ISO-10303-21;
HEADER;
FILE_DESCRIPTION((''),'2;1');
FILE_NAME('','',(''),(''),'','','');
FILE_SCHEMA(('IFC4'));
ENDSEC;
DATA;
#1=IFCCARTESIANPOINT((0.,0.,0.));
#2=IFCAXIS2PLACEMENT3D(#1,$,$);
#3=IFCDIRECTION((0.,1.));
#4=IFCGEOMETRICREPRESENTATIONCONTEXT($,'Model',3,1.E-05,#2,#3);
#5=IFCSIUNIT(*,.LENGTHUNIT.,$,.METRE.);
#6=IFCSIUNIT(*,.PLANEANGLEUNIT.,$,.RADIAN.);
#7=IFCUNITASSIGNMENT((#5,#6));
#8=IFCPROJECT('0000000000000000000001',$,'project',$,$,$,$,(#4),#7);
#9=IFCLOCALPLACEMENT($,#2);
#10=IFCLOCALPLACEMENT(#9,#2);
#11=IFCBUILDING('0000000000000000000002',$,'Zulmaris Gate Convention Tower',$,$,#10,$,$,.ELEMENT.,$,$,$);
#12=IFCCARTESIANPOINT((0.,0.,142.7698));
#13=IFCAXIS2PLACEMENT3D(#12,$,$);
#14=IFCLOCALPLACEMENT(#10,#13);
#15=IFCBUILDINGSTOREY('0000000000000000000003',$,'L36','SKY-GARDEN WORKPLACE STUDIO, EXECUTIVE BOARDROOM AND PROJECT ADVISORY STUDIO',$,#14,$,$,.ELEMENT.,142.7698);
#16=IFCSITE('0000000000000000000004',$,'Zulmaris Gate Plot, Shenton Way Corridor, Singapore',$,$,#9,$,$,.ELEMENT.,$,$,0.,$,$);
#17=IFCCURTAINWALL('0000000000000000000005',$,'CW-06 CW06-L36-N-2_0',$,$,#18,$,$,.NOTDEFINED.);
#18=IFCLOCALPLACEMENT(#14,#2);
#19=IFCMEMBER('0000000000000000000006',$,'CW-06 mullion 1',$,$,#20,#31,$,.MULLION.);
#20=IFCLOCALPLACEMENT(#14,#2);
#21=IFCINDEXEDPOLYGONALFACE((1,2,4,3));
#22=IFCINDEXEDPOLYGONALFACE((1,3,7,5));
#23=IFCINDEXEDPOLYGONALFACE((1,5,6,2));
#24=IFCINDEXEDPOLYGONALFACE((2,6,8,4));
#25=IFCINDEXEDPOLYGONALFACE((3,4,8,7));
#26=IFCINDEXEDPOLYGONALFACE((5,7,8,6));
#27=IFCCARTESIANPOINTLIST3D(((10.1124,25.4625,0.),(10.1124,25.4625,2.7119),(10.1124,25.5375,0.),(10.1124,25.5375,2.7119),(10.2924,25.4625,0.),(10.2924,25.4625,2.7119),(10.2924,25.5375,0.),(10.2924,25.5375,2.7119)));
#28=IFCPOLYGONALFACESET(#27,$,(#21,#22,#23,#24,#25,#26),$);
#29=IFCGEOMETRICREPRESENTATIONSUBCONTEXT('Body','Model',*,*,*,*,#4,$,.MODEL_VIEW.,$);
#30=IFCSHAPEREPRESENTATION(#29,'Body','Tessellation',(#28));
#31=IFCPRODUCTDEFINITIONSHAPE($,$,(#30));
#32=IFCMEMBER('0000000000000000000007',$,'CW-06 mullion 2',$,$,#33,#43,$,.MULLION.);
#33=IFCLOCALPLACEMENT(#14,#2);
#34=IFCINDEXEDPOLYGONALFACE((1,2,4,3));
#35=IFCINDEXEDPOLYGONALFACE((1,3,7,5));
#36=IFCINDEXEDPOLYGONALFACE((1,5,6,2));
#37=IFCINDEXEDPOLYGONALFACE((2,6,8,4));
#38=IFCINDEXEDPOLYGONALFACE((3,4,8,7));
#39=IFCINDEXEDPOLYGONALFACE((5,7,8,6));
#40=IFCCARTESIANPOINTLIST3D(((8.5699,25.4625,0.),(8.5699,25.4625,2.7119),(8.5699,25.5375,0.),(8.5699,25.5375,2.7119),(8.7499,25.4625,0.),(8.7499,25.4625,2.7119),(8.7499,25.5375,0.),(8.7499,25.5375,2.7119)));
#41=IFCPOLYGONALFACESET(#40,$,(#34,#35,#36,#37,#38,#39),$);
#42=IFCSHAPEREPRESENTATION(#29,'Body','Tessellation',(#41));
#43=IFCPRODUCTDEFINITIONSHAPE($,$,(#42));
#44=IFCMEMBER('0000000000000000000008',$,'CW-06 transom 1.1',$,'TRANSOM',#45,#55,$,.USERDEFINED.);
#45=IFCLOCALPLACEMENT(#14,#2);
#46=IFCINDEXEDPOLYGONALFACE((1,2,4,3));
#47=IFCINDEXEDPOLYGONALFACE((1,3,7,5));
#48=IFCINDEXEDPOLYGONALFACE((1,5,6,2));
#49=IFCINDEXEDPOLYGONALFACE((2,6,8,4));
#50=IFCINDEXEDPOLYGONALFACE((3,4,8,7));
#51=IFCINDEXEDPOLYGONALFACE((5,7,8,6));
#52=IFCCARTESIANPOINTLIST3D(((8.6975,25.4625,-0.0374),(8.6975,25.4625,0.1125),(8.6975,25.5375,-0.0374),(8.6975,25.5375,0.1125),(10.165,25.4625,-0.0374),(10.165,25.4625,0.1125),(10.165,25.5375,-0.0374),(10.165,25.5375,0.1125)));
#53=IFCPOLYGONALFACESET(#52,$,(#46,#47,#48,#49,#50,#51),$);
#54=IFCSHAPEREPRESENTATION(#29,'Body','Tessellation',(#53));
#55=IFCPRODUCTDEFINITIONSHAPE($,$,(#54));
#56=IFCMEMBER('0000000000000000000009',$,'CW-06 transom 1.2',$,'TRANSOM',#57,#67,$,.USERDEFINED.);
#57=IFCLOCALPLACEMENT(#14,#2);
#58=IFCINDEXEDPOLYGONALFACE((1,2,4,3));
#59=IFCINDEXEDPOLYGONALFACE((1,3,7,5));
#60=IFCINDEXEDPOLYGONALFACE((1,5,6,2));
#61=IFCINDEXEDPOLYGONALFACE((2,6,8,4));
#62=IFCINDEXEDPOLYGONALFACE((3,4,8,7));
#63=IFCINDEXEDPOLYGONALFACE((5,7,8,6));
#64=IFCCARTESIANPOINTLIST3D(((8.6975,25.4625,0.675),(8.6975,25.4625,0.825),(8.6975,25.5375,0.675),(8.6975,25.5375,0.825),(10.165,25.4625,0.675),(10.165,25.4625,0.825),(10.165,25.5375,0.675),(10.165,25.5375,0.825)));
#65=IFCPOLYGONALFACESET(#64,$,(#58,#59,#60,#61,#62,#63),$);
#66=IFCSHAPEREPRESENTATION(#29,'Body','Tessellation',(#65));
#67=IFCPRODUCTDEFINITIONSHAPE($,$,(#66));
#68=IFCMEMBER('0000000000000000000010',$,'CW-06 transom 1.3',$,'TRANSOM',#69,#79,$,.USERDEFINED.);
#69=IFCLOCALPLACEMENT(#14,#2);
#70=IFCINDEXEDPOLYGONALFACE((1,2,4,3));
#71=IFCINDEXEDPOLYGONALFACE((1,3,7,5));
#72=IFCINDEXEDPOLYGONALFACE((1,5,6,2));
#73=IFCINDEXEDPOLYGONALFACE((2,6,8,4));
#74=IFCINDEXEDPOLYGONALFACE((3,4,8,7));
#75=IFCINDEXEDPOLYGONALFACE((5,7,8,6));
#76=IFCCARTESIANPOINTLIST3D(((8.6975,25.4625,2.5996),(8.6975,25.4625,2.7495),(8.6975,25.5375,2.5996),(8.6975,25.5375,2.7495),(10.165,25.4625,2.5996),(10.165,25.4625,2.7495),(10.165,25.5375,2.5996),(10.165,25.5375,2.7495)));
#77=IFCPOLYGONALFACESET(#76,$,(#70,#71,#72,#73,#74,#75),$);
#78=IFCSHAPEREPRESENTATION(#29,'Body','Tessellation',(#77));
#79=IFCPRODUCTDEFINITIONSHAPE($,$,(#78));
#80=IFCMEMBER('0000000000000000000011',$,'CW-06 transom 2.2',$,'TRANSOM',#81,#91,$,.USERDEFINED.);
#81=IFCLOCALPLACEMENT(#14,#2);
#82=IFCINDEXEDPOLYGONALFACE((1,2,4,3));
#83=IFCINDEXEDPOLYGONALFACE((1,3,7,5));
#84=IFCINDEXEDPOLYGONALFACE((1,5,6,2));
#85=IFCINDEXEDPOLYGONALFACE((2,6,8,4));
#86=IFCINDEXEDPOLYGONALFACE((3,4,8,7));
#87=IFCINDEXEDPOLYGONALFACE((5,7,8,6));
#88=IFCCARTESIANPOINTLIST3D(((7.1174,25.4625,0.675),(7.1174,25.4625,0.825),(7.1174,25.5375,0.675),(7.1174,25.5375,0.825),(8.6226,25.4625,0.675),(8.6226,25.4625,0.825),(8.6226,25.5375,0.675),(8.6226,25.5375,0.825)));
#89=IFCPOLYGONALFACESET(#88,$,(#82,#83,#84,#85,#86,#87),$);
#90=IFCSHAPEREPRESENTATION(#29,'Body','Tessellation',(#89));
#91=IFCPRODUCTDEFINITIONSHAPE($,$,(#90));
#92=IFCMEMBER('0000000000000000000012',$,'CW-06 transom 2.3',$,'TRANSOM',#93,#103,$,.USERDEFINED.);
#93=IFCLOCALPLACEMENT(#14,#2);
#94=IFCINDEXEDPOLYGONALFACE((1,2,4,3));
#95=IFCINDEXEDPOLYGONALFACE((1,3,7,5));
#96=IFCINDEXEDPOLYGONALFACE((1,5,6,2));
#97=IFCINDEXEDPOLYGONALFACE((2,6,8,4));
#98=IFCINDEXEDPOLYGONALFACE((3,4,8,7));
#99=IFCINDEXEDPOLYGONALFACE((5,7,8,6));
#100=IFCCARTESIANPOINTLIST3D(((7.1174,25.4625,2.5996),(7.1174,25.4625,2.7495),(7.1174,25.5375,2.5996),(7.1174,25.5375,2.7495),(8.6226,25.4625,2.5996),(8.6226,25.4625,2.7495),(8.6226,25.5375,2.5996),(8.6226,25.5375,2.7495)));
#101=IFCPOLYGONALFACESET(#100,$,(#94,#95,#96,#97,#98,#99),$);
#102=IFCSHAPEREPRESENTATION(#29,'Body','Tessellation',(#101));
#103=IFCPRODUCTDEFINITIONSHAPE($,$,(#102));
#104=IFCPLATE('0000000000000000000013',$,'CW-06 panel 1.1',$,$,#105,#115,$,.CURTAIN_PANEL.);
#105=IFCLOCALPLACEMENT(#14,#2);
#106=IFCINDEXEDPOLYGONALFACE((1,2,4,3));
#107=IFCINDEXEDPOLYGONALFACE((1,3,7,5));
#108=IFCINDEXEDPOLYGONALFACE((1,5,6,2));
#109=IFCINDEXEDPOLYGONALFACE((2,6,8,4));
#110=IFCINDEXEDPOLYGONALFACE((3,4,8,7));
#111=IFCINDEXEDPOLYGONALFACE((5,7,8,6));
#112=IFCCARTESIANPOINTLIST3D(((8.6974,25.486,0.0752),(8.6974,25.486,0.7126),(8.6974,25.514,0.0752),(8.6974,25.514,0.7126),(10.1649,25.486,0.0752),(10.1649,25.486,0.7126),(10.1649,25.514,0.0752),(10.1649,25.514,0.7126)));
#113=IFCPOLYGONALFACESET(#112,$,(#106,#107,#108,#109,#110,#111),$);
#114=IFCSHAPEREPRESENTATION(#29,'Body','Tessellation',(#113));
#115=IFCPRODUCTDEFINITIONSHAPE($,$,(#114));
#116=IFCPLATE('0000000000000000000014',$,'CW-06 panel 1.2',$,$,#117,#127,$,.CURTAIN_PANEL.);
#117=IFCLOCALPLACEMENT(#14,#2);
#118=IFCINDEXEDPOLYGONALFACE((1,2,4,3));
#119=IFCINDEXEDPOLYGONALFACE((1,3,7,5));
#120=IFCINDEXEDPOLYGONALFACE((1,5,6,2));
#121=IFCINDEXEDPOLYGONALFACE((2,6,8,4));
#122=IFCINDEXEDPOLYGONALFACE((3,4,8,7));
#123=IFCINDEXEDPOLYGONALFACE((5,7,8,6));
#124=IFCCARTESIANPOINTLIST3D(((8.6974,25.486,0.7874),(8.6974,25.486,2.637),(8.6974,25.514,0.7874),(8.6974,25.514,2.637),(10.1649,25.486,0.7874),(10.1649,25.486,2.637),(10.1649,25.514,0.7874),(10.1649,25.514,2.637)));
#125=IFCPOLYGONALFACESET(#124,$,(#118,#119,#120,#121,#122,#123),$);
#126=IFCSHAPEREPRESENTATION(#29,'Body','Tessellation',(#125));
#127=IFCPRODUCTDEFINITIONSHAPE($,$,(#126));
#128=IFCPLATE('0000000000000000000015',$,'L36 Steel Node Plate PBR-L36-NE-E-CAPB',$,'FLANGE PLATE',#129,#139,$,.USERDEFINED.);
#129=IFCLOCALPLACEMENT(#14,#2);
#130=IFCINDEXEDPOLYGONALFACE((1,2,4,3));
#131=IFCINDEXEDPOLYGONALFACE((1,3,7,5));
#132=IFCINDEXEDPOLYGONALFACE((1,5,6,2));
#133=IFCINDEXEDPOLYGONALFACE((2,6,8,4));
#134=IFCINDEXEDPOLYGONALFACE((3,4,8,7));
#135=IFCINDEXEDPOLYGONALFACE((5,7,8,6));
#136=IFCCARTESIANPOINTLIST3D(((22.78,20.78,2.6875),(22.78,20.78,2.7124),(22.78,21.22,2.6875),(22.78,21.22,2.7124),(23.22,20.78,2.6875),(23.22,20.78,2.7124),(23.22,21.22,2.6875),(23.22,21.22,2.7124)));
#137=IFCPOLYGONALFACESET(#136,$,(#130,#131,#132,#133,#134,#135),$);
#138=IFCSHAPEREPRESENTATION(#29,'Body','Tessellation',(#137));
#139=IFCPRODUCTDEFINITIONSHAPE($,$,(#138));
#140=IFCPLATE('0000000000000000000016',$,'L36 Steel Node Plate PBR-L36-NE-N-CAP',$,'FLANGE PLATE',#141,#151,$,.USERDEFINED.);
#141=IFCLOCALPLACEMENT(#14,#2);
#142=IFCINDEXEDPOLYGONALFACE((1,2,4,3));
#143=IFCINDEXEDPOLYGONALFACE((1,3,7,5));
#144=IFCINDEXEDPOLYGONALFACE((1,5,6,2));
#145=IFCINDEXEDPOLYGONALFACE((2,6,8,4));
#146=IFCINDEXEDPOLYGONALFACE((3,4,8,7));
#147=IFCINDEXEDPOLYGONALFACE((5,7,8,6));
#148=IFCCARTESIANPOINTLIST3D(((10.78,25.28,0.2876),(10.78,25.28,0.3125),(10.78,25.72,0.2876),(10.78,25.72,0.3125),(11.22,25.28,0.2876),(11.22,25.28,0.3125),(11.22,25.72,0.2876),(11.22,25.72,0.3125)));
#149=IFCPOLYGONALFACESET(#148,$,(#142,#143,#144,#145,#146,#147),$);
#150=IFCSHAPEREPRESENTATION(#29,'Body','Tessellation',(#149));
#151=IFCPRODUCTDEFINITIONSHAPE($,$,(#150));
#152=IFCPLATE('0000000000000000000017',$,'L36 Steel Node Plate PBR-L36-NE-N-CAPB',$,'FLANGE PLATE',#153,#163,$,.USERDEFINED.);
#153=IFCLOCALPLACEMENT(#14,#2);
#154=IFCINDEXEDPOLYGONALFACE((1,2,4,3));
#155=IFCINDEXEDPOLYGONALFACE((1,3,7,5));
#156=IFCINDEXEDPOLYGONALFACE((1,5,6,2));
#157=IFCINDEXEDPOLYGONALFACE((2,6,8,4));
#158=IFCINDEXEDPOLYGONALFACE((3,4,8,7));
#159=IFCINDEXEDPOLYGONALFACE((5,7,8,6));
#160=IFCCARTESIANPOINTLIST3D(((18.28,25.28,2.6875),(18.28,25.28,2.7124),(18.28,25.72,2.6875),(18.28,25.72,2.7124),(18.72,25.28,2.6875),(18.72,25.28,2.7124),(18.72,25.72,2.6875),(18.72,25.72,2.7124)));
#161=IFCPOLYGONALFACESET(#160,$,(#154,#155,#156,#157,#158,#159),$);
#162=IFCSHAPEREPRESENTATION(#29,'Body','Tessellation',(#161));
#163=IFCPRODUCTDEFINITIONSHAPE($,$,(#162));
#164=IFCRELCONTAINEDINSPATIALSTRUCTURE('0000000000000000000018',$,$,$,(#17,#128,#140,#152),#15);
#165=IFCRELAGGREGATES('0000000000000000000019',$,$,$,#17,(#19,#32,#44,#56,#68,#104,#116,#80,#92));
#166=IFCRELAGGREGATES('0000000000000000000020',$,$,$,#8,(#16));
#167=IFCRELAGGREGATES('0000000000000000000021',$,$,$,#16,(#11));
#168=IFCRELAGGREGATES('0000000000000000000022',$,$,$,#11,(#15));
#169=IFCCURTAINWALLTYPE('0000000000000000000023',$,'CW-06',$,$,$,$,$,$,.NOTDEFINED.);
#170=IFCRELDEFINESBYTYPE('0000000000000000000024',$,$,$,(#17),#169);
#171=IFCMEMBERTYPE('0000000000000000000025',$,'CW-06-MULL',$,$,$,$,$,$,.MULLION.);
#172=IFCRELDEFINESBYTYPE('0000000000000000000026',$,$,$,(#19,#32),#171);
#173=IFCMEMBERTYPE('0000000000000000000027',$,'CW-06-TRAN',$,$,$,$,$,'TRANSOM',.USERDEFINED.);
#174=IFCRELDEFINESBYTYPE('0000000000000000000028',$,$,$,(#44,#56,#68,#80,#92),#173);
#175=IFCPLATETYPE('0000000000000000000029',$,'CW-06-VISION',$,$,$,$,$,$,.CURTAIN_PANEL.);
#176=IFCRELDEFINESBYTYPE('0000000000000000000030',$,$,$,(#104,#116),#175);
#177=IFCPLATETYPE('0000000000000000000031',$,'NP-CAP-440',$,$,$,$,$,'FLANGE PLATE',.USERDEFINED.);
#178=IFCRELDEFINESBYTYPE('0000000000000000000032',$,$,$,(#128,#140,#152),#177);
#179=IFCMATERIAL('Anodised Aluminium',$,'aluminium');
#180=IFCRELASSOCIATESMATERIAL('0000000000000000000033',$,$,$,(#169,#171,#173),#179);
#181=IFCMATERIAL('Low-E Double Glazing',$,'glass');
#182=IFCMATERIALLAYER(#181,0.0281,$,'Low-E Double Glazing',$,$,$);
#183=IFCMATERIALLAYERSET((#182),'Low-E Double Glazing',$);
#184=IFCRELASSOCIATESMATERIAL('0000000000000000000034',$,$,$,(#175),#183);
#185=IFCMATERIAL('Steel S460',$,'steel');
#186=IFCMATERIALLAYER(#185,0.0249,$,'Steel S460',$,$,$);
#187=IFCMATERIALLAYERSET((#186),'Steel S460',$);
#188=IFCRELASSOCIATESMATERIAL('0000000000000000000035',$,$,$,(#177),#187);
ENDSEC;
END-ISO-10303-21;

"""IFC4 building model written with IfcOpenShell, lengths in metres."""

from ifc_helpers import new_model, si_unit, direction, frame, origin, origin_2d, place, context, subcontext, project, spatial, rectangle, extrude, material, layer, layer_set, material_profile, profile_set, type_object, element, aggregate, save


model = new_model("IFC4")

# Units and contexts
model_context = context("Model", 3, precision=1e-05, world=origin(), true_north=direction((0.0, 1.0)))
body_context = subcontext(model_context, "Body", "Model", "MODEL_VIEW")
ifc_project = project(units=[si_unit("LENGTHUNIT", "METRE"), si_unit("PLANEANGLEUNIT", "RADIAN")], contexts=[model_context])

# Site, building, storey
site_placement = place(None, origin())
site = spatial("IfcSite", under=ifc_project, at=site_placement, Name="Zulmaris Gate Plot, Shenton Way Corridor, Singapore", CompositionType="ELEMENT", RefElevation=0.0)
building_placement = place(site_placement, origin())
building = spatial("IfcBuilding", under=site, at=building_placement, Name="Zulmaris Gate Convention Tower", CompositionType="ELEMENT")
storey_placement = place(building_placement, frame((0.0, 0.0, 142.7698)))
storey = spatial("IfcBuildingStorey", under=building, at=storey_placement, Name="L36", Description="SKY-GARDEN WORKPLACE STUDIO, EXECUTIVE BOARDROOM AND PROJECT ADVISORY STUDIO", CompositionType="ELEMENT", Elevation=142.7698)

# Shared definitions
ifc_material_1 = material(Name="Steel S460", Category="steel")

# Curtain wall, members, plates
ifc_material_2 = material(Name="Anodised Aluminium", Category="aluminium")
curtain_wall_type = type_object("IfcCurtainWallType", Name="CW-06", PredefinedType="NOTDEFINED", material=ifc_material_2)
curtain_wall_placement = place(storey_placement, origin())
curtain_wall = element("IfcCurtainWall", 1, at=curtain_wall_placement, inside=storey, type_object=curtain_wall_type, Name="CW-06 CW06-L36-N-2_0", PredefinedType="NOTDEFINED")
ifc_material_profile_1 = material_profile(ifc_material_2, rectangle(XDim=0.075, YDim=0.1799, at=origin_2d()), Name="ALU MULLION 75x180")
ifc_profile_set_1 = profile_set([ifc_material_profile_1], Name="Anodised Aluminium")
member_type_1 = type_object("IfcMemberType", Name="CW-06-MULL", PredefinedType="MULLION", material=ifc_profile_set_1)
member_1_placement = place(storey_placement, frame((10.2024, 25.5, 0.0), z_axis=(0.0, 0.0, 1.0), x_axis=(0.0, -1.0, 0.0)))
member_1 = element("IfcMember", 2, at=member_1_placement, type_object=member_type_1, Name="CW-06 mullion 1", PredefinedType="MULLION", context=body_context, shape_type="SweptSolid", body=[
    extrude(rectangle(XDim=0.075, YDim=0.1799, at=origin_2d()), origin(), (0.0, 0.0, 1.0), 2.7119),
])
member_2_placement = place(storey_placement, frame((8.6599, 25.5, 0.0), z_axis=(0.0, 0.0, 1.0), x_axis=(0.0, -1.0, 0.0)))
member_2 = element("IfcMember", 3, at=member_2_placement, type_object=member_type_1, Name="CW-06 mullion 2", PredefinedType="MULLION", context=body_context, shape_type="SweptSolid", body=[
    extrude(rectangle(XDim=0.075, YDim=0.1799, at=origin_2d()), origin(), (0.0, 0.0, 1.0), 2.7119),
])
ifc_material_profile_2 = material_profile(ifc_material_2, rectangle(XDim=0.075, YDim=0.1499, at=origin_2d()), Name="ALU TRANSOM 75x150")
ifc_profile_set_2 = profile_set([ifc_material_profile_2], Name="Anodised Aluminium")
member_type_2 = type_object("IfcMemberType", Name="CW-06-TRAN", ElementType="TRANSOM", PredefinedType="USERDEFINED", material=ifc_profile_set_2)
member_3_placement = place(storey_placement, frame((10.165, 25.5, 0.0376), z_axis=(-1.0, 0.0, 0.0), x_axis=(0.0, -1.0, 0.0)))
member_3 = element("IfcMember", 4, at=member_3_placement, type_object=member_type_2, Name="CW-06 transom 1.1", ObjectType="TRANSOM", PredefinedType="USERDEFINED", context=body_context, shape_type="SweptSolid", body=[
    extrude(rectangle(XDim=0.075, YDim=0.1499, at=origin_2d()), origin(), (0.0, 0.0, 1.0), 1.4675),
])
member_4_placement = place(storey_placement, frame((10.165, 25.5, 0.75), z_axis=(-1.0, 0.0, 0.0), x_axis=(0.0, -1.0, 0.0)))
member_4 = element("IfcMember", 5, at=member_4_placement, type_object=member_type_2, Name="CW-06 transom 1.2", ObjectType="TRANSOM", PredefinedType="USERDEFINED", context=body_context, shape_type="SweptSolid", body=[
    extrude(rectangle(XDim=0.075, YDim=0.1499, at=origin_2d()), origin(), (0.0, 0.0, 1.0), 1.4675),
])
member_5_placement = place(storey_placement, frame((10.165, 25.5, 2.6746), z_axis=(-1.0, 0.0, 0.0), x_axis=(0.0, -1.0, 0.0)))
member_5 = element("IfcMember", 6, at=member_5_placement, type_object=member_type_2, Name="CW-06 transom 1.3", ObjectType="TRANSOM", PredefinedType="USERDEFINED", context=body_context, shape_type="SweptSolid", body=[
    extrude(rectangle(XDim=0.075, YDim=0.1499, at=origin_2d()), origin(), (0.0, 0.0, 1.0), 1.4675),
])
member_6_placement = place(storey_placement, frame((8.6226, 25.5, 0.75), z_axis=(-1.0, 0.0, 0.0), x_axis=(0.0, -1.0, 0.0)))
member_6 = element("IfcMember", 7, at=member_6_placement, type_object=member_type_2, Name="CW-06 transom 2.2", ObjectType="TRANSOM", PredefinedType="USERDEFINED", context=body_context, shape_type="SweptSolid", body=[
    extrude(rectangle(XDim=0.075, YDim=0.1499, at=origin_2d()), origin(), (0.0, 0.0, 1.0), 1.5051),
])
member_7_placement = place(storey_placement, frame((8.6226, 25.5, 2.6746), z_axis=(-1.0, 0.0, 0.0), x_axis=(0.0, -1.0, 0.0)))
member_7 = element("IfcMember", 8, at=member_7_placement, type_object=member_type_2, Name="CW-06 transom 2.3", ObjectType="TRANSOM", PredefinedType="USERDEFINED", context=body_context, shape_type="SweptSolid", body=[
    extrude(rectangle(XDim=0.075, YDim=0.1499, at=origin_2d()), origin(), (0.0, 0.0, 1.0), 1.5051),
])
ifc_material_3 = material(Name="Low-E Double Glazing", Category="glass")
ifc_layer_1 = layer(ifc_material_3, 0.0281, Name="Low-E Double Glazing")
ifc_layer_set_1 = layer_set([ifc_layer_1], Name="Low-E Double Glazing")
plate_type_1 = type_object("IfcPlateType", Name="CW-06-VISION", PredefinedType="CURTAIN_PANEL", material=ifc_layer_set_1)
plate_1_placement = place(storey_placement, frame((9.4312, 25.5, 0.0752), z_axis=(0.0, 0.0, 1.0), x_axis=(-1.0, 0.0, 0.0)))
plate_1 = element("IfcPlate", 9, at=plate_1_placement, type_object=plate_type_1, Name="CW-06 panel 1.1", PredefinedType="CURTAIN_PANEL", context=body_context, shape_type="SweptSolid", body=[
    extrude(rectangle(XDim=1.4675, YDim=0.0281, at=origin_2d()), origin(), (0.0, 0.0, 1.0), 0.6375),
])
plate_2_placement = place(storey_placement, frame((9.4312, 25.5, 0.7874), z_axis=(0.0, 0.0, 1.0), x_axis=(-1.0, 0.0, 0.0)))
plate_2 = element("IfcPlate", 10, at=plate_2_placement, type_object=plate_type_1, Name="CW-06 panel 1.2", PredefinedType="CURTAIN_PANEL", context=body_context, shape_type="SweptSolid", body=[
    extrude(rectangle(XDim=1.4675, YDim=0.0281, at=origin_2d()), origin(), (0.0, 0.0, 1.0), 1.8496),
])
aggregate(curtain_wall, [member_1, member_2, member_3, member_4, member_5, plate_1, plate_2, member_6, member_7])

# Plates
ifc_layer_2 = layer(ifc_material_1, 0.0249, Name="Steel S460")
ifc_layer_set_2 = layer_set([ifc_layer_2], Name="Steel S460")
plate_type_2 = type_object("IfcPlateType", Name="NP-CAP-440", ElementType="FLANGE PLATE", PredefinedType="USERDEFINED", material=ifc_layer_set_2)
for number, where, z_axis, x_axis, name in (
    (11, (23.0, 21.0, 2.6875), (0.0, 0.0, 1.0), (1.0, 0.0, 0.0), "L36 Steel Node Plate PBR-L36-NE-E-CAPB"),
    (12, (11.0, 25.5, 0.2876), (0.0, 0.0, 1.0), (1.0, 0.0, 0.0), "L36 Steel Node Plate PBR-L36-NE-N-CAP"),
    (13, (18.5, 25.5, 2.6875), (0.0, 0.0, 1.0), (1.0, 0.0, 0.0), "L36 Steel Node Plate PBR-L36-NE-N-CAPB"),
):
    element("IfcPlate", number, at=place(storey_placement, frame(where, z_axis=z_axis, x_axis=x_axis)), inside=storey, type_object=plate_type_2, Name=name, ObjectType="FLANGE PLATE", PredefinedType="USERDEFINED", context=body_context, shape_type="SweptSolid", body=[
        extrude(rectangle(XDim=0.4399, YDim=0.4399, at=origin_2d()), origin(), (0.0, 0.0, 1.0), 0.0249),
    ])

save(model, "model.ifc")
